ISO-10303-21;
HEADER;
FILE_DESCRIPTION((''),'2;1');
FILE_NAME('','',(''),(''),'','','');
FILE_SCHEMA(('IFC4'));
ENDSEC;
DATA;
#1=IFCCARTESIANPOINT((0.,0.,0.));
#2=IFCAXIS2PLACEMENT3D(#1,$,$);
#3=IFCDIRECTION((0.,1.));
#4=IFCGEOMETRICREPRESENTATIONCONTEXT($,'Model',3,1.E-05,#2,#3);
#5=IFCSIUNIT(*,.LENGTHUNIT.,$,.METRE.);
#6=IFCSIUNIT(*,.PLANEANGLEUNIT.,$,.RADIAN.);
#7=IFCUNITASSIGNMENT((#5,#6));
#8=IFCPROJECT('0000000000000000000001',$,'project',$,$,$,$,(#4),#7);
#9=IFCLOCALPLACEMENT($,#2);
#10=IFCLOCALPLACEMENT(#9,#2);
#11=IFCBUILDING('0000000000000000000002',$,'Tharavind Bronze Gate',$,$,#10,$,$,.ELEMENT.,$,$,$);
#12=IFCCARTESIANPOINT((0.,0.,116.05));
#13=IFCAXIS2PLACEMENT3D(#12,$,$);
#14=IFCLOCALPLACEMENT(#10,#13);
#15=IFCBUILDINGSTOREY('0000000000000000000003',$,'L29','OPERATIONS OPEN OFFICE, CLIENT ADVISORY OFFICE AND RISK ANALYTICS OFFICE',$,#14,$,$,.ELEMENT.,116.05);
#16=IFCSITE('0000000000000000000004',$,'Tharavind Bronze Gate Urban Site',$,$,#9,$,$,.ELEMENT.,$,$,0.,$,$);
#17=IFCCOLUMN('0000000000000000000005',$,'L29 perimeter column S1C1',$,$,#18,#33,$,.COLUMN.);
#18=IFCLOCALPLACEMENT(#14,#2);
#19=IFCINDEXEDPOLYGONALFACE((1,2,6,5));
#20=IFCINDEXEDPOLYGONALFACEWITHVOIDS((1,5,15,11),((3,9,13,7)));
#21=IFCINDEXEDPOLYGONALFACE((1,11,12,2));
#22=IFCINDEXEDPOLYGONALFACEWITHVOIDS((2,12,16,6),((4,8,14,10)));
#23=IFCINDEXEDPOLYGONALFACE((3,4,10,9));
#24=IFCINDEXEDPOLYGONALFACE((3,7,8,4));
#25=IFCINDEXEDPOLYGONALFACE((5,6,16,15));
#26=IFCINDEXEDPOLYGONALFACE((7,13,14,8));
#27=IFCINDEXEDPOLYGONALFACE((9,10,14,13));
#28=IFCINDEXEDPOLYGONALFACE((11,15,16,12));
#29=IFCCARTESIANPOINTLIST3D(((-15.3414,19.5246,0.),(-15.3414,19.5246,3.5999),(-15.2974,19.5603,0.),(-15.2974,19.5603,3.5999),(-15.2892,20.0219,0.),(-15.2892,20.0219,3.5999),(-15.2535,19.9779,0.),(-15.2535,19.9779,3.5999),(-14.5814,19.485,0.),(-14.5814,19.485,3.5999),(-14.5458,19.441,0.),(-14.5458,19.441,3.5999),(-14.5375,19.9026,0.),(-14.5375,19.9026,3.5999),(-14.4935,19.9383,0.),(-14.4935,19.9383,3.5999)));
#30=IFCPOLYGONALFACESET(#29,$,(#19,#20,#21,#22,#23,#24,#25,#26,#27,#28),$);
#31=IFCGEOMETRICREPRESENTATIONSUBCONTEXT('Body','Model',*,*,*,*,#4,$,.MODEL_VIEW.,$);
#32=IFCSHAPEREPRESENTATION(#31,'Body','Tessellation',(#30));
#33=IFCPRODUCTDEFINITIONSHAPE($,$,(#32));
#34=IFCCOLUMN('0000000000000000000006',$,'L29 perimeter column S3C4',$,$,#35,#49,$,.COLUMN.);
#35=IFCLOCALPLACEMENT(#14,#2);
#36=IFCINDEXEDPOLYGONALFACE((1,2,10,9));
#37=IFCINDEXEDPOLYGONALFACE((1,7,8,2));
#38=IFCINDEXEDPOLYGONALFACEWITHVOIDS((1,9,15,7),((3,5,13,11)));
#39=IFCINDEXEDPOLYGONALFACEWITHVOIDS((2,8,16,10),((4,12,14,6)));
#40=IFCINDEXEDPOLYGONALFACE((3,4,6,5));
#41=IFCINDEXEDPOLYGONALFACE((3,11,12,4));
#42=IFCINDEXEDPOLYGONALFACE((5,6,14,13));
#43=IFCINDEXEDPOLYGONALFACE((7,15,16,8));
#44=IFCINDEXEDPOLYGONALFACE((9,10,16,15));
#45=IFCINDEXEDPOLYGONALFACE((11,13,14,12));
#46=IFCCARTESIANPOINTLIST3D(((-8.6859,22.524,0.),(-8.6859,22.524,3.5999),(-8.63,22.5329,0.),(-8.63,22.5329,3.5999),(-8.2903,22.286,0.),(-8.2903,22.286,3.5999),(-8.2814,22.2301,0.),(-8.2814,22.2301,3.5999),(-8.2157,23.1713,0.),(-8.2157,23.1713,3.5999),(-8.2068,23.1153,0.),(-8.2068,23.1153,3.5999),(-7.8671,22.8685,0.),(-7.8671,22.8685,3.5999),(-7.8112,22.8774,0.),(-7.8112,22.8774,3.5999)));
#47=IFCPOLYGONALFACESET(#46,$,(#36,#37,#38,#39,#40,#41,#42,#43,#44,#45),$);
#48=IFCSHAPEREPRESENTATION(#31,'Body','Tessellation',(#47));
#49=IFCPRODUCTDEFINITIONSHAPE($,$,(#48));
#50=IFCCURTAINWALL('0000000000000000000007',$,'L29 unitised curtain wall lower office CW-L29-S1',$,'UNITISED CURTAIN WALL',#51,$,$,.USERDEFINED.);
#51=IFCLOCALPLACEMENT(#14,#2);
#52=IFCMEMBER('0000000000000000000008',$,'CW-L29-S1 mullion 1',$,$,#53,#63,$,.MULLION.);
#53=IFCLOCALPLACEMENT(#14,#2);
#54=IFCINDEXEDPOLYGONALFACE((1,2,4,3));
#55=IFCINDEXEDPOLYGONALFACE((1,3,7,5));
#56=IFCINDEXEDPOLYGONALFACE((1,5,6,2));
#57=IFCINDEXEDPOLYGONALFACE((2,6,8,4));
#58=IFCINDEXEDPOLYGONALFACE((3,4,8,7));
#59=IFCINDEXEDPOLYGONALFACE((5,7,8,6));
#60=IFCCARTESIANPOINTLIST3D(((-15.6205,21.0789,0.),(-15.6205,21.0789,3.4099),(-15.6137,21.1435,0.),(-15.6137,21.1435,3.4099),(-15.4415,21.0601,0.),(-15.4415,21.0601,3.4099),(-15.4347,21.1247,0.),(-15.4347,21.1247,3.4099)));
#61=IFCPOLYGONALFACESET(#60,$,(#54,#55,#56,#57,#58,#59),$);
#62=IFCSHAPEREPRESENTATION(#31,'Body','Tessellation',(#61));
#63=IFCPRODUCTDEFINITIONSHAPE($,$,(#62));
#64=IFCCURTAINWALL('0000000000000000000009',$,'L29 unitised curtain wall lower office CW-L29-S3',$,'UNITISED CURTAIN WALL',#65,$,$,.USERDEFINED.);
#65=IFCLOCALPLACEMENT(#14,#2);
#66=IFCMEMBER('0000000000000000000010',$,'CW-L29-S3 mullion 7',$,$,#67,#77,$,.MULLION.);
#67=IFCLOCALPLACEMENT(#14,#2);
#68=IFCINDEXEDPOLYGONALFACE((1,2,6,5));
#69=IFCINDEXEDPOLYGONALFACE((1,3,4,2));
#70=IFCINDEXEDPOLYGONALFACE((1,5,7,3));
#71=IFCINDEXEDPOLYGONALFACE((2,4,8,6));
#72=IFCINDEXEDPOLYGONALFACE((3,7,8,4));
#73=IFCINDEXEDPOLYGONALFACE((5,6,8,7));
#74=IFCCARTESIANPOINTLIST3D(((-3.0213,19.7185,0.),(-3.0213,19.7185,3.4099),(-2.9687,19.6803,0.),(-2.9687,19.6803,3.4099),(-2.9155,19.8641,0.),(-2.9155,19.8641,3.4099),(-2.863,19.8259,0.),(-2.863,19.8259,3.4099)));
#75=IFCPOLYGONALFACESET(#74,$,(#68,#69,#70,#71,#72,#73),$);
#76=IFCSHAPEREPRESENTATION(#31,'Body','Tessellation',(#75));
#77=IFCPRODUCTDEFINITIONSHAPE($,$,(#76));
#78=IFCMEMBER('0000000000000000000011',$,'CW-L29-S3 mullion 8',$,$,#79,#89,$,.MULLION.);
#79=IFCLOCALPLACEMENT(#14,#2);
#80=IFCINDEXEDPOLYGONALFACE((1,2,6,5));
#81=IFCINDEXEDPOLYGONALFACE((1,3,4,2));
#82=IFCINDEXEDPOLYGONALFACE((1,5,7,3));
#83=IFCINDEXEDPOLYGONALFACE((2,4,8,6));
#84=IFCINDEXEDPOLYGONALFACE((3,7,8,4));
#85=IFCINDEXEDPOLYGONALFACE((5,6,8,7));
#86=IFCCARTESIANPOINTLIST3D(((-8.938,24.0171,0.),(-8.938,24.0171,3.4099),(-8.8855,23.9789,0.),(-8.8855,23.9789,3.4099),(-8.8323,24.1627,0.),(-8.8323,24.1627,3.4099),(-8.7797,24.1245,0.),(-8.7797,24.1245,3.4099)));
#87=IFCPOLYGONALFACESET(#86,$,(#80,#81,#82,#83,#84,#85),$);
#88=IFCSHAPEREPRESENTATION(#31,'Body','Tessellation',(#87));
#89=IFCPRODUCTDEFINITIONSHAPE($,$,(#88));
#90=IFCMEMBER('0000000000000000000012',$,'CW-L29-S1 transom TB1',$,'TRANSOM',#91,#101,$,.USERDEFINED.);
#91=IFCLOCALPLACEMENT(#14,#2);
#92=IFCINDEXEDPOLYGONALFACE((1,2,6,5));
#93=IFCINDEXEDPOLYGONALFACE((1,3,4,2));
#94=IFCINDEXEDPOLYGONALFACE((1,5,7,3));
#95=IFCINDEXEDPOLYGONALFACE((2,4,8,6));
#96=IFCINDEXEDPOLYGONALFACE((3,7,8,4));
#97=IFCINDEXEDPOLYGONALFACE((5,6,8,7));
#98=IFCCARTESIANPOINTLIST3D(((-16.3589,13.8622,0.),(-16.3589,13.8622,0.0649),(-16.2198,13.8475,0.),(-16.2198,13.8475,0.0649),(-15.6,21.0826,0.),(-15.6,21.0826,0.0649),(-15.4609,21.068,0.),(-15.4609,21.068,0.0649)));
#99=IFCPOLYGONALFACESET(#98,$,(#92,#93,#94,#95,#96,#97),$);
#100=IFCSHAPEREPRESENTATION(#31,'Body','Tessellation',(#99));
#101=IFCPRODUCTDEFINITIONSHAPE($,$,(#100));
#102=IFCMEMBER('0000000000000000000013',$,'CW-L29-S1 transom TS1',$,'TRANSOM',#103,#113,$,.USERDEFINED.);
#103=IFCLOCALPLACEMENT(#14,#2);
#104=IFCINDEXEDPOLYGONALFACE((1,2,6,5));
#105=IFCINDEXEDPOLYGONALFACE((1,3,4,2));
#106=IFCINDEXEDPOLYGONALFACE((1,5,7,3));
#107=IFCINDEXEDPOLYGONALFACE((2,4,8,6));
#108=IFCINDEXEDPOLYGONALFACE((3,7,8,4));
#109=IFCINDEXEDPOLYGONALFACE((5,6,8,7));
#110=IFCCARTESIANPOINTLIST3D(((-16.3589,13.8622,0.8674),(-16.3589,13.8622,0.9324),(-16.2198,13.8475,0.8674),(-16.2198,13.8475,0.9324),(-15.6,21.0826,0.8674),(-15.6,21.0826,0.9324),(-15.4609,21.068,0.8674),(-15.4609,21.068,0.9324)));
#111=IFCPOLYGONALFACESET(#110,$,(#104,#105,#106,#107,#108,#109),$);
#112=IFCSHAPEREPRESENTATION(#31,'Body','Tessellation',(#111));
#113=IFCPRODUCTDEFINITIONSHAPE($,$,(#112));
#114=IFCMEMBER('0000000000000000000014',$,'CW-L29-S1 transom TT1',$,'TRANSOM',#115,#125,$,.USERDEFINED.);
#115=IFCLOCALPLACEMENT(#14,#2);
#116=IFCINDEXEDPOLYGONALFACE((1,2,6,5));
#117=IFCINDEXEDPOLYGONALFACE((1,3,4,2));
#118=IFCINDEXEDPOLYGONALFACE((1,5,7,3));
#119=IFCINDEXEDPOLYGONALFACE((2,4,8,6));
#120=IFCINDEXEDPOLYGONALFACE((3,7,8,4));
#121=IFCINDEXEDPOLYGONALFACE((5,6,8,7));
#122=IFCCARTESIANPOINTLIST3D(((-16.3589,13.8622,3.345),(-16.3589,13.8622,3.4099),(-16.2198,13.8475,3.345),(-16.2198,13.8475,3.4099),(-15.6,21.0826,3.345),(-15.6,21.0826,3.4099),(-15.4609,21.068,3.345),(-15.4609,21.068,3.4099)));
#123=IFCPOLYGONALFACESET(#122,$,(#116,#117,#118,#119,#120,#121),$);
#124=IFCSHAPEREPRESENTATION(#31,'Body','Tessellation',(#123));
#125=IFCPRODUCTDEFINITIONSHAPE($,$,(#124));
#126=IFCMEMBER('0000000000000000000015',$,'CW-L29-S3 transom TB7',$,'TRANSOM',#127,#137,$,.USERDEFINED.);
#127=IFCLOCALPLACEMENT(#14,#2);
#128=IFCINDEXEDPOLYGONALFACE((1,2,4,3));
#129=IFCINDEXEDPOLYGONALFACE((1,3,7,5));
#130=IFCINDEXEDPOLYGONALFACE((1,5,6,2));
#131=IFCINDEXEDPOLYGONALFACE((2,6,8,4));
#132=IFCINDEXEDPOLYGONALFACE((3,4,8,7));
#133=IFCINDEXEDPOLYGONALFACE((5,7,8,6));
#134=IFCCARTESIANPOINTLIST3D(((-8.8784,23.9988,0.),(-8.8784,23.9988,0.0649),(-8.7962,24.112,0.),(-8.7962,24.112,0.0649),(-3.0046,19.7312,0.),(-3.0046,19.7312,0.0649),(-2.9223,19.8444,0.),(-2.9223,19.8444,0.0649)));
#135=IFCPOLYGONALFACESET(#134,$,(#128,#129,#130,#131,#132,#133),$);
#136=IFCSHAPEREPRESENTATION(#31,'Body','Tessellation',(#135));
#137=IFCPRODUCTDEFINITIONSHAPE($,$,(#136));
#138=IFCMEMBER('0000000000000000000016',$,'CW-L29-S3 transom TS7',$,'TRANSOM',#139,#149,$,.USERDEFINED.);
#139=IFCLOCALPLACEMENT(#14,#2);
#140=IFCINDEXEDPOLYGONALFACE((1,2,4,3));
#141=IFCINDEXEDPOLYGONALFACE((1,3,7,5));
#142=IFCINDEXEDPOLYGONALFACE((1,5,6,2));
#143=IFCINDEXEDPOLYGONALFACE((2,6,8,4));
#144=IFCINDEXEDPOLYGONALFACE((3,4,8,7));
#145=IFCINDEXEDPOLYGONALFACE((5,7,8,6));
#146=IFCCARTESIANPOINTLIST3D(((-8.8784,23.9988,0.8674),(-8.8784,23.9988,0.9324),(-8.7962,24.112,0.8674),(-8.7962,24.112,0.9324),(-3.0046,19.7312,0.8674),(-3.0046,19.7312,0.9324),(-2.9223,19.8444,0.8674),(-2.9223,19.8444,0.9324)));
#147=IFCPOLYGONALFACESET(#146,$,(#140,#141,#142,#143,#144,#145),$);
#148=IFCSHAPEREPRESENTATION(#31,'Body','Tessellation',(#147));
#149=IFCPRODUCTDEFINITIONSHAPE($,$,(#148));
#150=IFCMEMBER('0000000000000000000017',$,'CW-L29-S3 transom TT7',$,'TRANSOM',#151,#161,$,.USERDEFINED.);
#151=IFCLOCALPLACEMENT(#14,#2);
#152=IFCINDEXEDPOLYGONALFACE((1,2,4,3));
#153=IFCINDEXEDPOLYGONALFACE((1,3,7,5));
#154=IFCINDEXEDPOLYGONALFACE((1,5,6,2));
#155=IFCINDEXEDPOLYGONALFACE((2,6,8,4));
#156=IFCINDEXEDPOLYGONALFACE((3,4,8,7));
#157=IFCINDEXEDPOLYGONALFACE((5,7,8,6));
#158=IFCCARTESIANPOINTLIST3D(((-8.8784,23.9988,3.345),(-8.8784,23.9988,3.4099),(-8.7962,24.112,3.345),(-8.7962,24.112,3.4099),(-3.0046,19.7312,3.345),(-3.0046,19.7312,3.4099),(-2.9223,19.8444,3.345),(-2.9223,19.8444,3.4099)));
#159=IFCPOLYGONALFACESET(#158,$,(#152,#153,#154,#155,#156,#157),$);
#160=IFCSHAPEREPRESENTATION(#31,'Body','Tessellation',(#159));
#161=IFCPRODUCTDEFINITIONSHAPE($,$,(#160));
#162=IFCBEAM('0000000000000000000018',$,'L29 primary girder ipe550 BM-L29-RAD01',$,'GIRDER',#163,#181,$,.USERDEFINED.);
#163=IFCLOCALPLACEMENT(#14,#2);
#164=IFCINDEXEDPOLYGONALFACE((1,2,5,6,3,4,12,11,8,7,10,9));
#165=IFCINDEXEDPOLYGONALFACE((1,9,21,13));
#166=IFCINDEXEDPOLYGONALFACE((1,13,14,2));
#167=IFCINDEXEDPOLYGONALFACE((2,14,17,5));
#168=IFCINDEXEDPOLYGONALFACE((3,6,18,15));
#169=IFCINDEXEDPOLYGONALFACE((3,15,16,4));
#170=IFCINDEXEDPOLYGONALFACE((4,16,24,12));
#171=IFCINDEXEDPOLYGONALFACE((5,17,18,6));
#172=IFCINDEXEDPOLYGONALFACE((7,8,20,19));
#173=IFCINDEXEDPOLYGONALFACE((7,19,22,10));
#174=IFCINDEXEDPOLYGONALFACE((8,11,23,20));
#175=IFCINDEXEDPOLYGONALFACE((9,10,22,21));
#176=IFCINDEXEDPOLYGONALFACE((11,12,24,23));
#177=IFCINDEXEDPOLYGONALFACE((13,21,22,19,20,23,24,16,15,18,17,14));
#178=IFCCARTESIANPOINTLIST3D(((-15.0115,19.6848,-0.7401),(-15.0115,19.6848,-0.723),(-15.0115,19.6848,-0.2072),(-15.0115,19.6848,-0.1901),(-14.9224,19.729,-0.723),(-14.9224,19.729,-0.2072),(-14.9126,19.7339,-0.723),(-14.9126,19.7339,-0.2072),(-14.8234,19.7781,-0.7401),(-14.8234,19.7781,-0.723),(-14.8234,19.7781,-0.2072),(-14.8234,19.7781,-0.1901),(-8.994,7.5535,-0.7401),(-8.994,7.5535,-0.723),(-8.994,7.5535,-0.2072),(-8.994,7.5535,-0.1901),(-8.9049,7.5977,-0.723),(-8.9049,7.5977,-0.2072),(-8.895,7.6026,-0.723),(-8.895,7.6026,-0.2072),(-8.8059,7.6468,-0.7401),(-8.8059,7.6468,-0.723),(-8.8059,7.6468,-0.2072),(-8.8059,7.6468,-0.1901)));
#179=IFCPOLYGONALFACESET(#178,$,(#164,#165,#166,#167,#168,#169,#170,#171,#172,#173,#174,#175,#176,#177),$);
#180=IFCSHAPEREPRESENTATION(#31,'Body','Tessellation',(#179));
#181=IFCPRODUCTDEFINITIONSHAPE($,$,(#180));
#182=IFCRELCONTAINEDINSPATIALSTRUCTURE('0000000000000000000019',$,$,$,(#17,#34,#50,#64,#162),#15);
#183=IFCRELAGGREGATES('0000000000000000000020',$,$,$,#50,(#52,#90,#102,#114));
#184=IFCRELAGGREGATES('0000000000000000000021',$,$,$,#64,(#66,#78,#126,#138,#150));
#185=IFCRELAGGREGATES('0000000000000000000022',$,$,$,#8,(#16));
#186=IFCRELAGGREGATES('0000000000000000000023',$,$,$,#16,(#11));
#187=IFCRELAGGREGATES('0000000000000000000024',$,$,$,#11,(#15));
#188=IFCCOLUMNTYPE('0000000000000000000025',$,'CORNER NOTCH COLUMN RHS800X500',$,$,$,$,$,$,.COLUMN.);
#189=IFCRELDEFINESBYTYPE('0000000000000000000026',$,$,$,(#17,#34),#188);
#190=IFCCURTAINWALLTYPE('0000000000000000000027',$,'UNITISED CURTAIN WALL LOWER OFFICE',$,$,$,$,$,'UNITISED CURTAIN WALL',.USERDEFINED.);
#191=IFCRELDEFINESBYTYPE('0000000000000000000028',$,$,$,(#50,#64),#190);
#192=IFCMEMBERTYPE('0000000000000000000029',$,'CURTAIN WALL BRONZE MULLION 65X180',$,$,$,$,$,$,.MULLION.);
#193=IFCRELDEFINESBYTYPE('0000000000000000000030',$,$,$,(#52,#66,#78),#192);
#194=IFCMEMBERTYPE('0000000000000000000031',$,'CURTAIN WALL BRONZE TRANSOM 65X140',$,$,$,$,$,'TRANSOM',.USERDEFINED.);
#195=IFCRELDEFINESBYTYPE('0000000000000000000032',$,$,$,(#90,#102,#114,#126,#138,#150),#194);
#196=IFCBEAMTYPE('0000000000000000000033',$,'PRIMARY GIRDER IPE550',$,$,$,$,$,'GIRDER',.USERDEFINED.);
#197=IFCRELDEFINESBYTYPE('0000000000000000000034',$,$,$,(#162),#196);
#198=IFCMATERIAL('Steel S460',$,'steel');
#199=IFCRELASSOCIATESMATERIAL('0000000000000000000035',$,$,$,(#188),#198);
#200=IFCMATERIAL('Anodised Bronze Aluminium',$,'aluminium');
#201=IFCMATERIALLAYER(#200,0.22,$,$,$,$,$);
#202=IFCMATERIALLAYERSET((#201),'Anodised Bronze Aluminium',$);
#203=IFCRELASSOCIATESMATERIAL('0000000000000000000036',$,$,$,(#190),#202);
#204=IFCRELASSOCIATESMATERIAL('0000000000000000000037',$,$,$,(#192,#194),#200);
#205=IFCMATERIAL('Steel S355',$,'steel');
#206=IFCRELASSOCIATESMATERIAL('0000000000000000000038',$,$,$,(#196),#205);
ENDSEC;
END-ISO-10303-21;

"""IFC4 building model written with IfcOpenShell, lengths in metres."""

from ifc_helpers import new_model, si_unit, direction, frame, origin, origin_2d, place, context, subcontext, project, spatial, rectangle, hollow_rectangle, i_section, extrude, material, layer, layer_set, material_profile, profile_set, type_object, element, aggregate, save


model = new_model("IFC4")

# Units and contexts
model_context = context("Model", 3, precision=1e-05, world=origin(), true_north=direction((0.0, 1.0)))
body_context = subcontext(model_context, "Body", "Model", "MODEL_VIEW")
ifc_project = project(units=[si_unit("LENGTHUNIT", "METRE"), si_unit("PLANEANGLEUNIT", "RADIAN")], contexts=[model_context])

# Site, building, storey
site_placement = place(None, origin())
site = spatial("IfcSite", under=ifc_project, at=site_placement, Name="Tharavind Bronze Gate Urban Site", CompositionType="ELEMENT", RefElevation=0.0)
building_placement = place(site_placement, origin())
building = spatial("IfcBuilding", under=site, at=building_placement, Name="Tharavind Bronze Gate", CompositionType="ELEMENT")
storey_placement = place(building_placement, frame((0.0, 0.0, 116.05)))
storey = spatial("IfcBuildingStorey", under=building, at=storey_placement, Name="L29", Description="OPERATIONS OPEN OFFICE, CLIENT ADVISORY OFFICE AND RISK ANALYTICS OFFICE", CompositionType="ELEMENT", Elevation=116.05)

# Columns
ifc_material_1 = material(Name="Steel S460", Category="steel")
ifc_material_profile_1 = material_profile(ifc_material_1, hollow_rectangle(XDim=0.5, YDim=0.8, WallThickness=0.04, at=origin_2d()), Name="RHS800X500X40")
ifc_profile_set_1 = profile_set([ifc_material_profile_1], Name="Steel S460")
column_type = type_object("IfcColumnType", Name="CORNER NOTCH COLUMN RHS800X500", PredefinedType="COLUMN", material=ifc_profile_set_1)
for number, where, z_axis, x_axis, name in (
    (1, (-14.9175, 19.7314, 0.0), (0.0, 0.0, 1.0), (0.10453, 0.994522, 0.0), "L29 perimeter column S1C1"),
    (2, (-8.2485, 22.7007, 0.0), (0.0, 0.0, 1.0), (-0.809017, 0.587785, 0.0), "L29 perimeter column S3C4"),
):
    element("IfcColumn", number, at=place(storey_placement, frame(where, z_axis=z_axis, x_axis=x_axis)), inside=storey, type_object=column_type, Name=name, PredefinedType="COLUMN", context=body_context, shape_type="SweptSolid", body=[
        extrude(hollow_rectangle(XDim=0.5, YDim=0.8, WallThickness=0.04, at=origin_2d()), origin(), (0.0, 0.0, 1.0), 3.5999),
    ])

# Curtain wall, member
ifc_material_2 = material(Name="Anodised Bronze Aluminium", Category="aluminium")
ifc_layer_1 = layer(ifc_material_2, 0.22)
ifc_layer_set_1 = layer_set([ifc_layer_1], Name="Anodised Bronze Aluminium")
curtain_wall_type = type_object("IfcCurtainWallType", Name="UNITISED CURTAIN WALL LOWER OFFICE", ElementType="UNITISED CURTAIN WALL", PredefinedType="USERDEFINED", material=ifc_layer_set_1)
curtain_wall_1_placement = place(storey_placement, origin())
curtain_wall_1 = element("IfcCurtainWall", 3, at=curtain_wall_1_placement, inside=storey, type_object=curtain_wall_type, Name="L29 unitised curtain wall lower office CW-L29-S1", ObjectType="UNITISED CURTAIN WALL", PredefinedType="USERDEFINED")
member_type_1 = type_object("IfcMemberType", Name="CURTAIN WALL BRONZE MULLION 65X180", PredefinedType="MULLION", material=ifc_material_2)
member_1_placement = place(storey_placement, frame((-15.5276, 21.1018, 0.0), z_axis=(0.0, 0.0, 1.0), x_axis=(-0.104527, -0.994522, 0.0)))
member_1 = element("IfcMember", 4, at=member_1_placement, type_object=member_type_1, Name="CW-L29-S1 mullion 1", PredefinedType="MULLION", context=body_context, shape_type="SweptSolid", body=[
    extrude(rectangle(XDim=0.0649, YDim=0.1799, at=origin_2d()), origin(), (0.0, 0.0, 1.0), 3.4099),
])

# Curtain wall, members
curtain_wall_2_placement = place(storey_placement, origin())
curtain_wall_2 = element("IfcCurtainWall", 5, at=curtain_wall_2_placement, inside=storey, type_object=curtain_wall_type, Name="L29 unitised curtain wall lower office CW-L29-S3", ObjectType="UNITISED CURTAIN WALL", PredefinedType="USERDEFINED")
member_2_placement = place(storey_placement, frame((-2.9421, 19.7722, 0.0), z_axis=(0.0, 0.0, 1.0), x_axis=(-0.809017, 0.587785, 0.0)))
member_2 = element("IfcMember", 6, at=member_2_placement, type_object=member_type_1, Name="CW-L29-S3 mullion 7", PredefinedType="MULLION", context=body_context, shape_type="SweptSolid", body=[
    extrude(rectangle(XDim=0.0649, YDim=0.1799, at=origin_2d()), origin(), (0.0, 0.0, 1.0), 3.4099),
])
member_3_placement = place(storey_placement, frame((-8.8589, 24.0708, 0.0), z_axis=(0.0, 0.0, 1.0), x_axis=(-0.809017, 0.587785, 0.0)))
member_3 = element("IfcMember", 7, at=member_3_placement, type_object=member_type_1, Name="CW-L29-S3 mullion 8", PredefinedType="MULLION", context=body_context, shape_type="SweptSolid", body=[
    extrude(rectangle(XDim=0.0649, YDim=0.1799, at=origin_2d()), origin(), (0.0, 0.0, 1.0), 3.4099),
])

# Members
member_type_2 = type_object("IfcMemberType", Name="CURTAIN WALL BRONZE TRANSOM 65X140", ElementType="TRANSOM", PredefinedType="USERDEFINED", material=ifc_material_2)
member_4_placement = place(storey_placement, frame((-15.9099, 17.4651, 0.0), z_axis=(0.0, 0.0, 1.0), x_axis=(-0.104527, -0.994522, 0.0)))
member_4 = element("IfcMember", 8, at=member_4_placement, type_object=member_type_2, Name="CW-L29-S1 transom TB1", ObjectType="TRANSOM", PredefinedType="USERDEFINED", context=body_context, shape_type="SweptSolid", body=[
    extrude(rectangle(XDim=7.2603, YDim=0.1399, at=origin_2d()), origin(), (0.0, 0.0, 1.0), 0.0649),
])
member_5_placement = place(storey_placement, frame((-15.9099, 17.4651, 0.8674), z_axis=(0.0, 0.0, 1.0), x_axis=(-0.104527, -0.994522, 0.0)))
member_5 = element("IfcMember", 9, at=member_5_placement, type_object=member_type_2, Name="CW-L29-S1 transom TS1", ObjectType="TRANSOM", PredefinedType="USERDEFINED", context=body_context, shape_type="SweptSolid", body=[
    extrude(rectangle(XDim=7.2603, YDim=0.1399, at=origin_2d()), origin(), (0.0, 0.0, 1.0), 0.0649),
])
member_6_placement = place(storey_placement, frame((-15.9099, 17.4651, 3.345), z_axis=(0.0, 0.0, 1.0), x_axis=(-0.104527, -0.994522, 0.0)))
member_6 = element("IfcMember", 10, at=member_6_placement, type_object=member_type_2, Name="CW-L29-S1 transom TT1", ObjectType="TRANSOM", PredefinedType="USERDEFINED", context=body_context, shape_type="SweptSolid", body=[
    extrude(rectangle(XDim=7.2603, YDim=0.1399, at=origin_2d()), origin(), (0.0, 0.0, 1.0), 0.0649),
])
member_7_placement = place(storey_placement, frame((-5.9004, 21.9216, 0.0), z_axis=(0.0, 0.0, 1.0), x_axis=(-0.809017, 0.587785, 0.0)))
member_7 = element("IfcMember", 11, at=member_7_placement, type_object=member_type_2, Name="CW-L29-S3 transom TB7", ObjectType="TRANSOM", PredefinedType="USERDEFINED", context=body_context, shape_type="SweptSolid", body=[
    extrude(rectangle(XDim=7.2605, YDim=0.1399, at=origin_2d()), origin(), (0.0, 0.0, 1.0), 0.0649),
])
member_8_placement = place(storey_placement, frame((-5.9004, 21.9216, 0.8674), z_axis=(0.0, 0.0, 1.0), x_axis=(-0.809017, 0.587785, 0.0)))
member_8 = element("IfcMember", 12, at=member_8_placement, type_object=member_type_2, Name="CW-L29-S3 transom TS7", ObjectType="TRANSOM", PredefinedType="USERDEFINED", context=body_context, shape_type="SweptSolid", body=[
    extrude(rectangle(XDim=7.2605, YDim=0.1399, at=origin_2d()), origin(), (0.0, 0.0, 1.0), 0.0649),
])
member_9_placement = place(storey_placement, frame((-5.9004, 21.9216, 3.345), z_axis=(0.0, 0.0, 1.0), x_axis=(-0.809017, 0.587785, 0.0)))
member_9 = element("IfcMember", 13, at=member_9_placement, type_object=member_type_2, Name="CW-L29-S3 transom TT7", ObjectType="TRANSOM", PredefinedType="USERDEFINED", context=body_context, shape_type="SweptSolid", body=[
    extrude(rectangle(XDim=7.2605, YDim=0.1399, at=origin_2d()), origin(), (0.0, 0.0, 1.0), 0.0649),
])

# Beam
ifc_material_3 = material(Name="Steel S355", Category="steel")
ifc_material_profile_2 = material_profile(ifc_material_3, i_section(OverallWidth=0.21, OverallDepth=0.55, WebThickness=0.011, FlangeThickness=0.0171, at=origin_2d()), Name="IPE550")
ifc_profile_set_2 = profile_set([ifc_material_profile_2], Name="Steel S355")
beam_type_1 = type_object("IfcBeamType", Name="PRIMARY GIRDER IPE550", ElementType="GIRDER", PredefinedType="USERDEFINED", material=ifc_profile_set_2)
beam_1_placement = place(storey_placement, frame((-14.9175, 19.7314, -0.4651), z_axis=(0.44437, -0.895843, 0.0), x_axis=(0.895843, 0.44437, 0.0)))
element("IfcBeam", 14, at=beam_1_placement, inside=storey, type_object=beam_type_1, Name="L29 primary girder ipe550 BM-L29-RAD01", ObjectType="GIRDER", PredefinedType="USERDEFINED", context=body_context, shape_type="SweptSolid", body=[
    extrude(i_section(OverallWidth=0.21, OverallDepth=0.55, WebThickness=0.011, FlangeThickness=0.0171, at=origin_2d()), origin(), (0.0, 0.0, 1.0), 13.5417),
])

aggregate(curtain_wall_1, [member_1, member_4, member_5, member_6])
aggregate(curtain_wall_2, [member_2, member_3, member_7, member_8, member_9])

save(model, "model.ifc")
